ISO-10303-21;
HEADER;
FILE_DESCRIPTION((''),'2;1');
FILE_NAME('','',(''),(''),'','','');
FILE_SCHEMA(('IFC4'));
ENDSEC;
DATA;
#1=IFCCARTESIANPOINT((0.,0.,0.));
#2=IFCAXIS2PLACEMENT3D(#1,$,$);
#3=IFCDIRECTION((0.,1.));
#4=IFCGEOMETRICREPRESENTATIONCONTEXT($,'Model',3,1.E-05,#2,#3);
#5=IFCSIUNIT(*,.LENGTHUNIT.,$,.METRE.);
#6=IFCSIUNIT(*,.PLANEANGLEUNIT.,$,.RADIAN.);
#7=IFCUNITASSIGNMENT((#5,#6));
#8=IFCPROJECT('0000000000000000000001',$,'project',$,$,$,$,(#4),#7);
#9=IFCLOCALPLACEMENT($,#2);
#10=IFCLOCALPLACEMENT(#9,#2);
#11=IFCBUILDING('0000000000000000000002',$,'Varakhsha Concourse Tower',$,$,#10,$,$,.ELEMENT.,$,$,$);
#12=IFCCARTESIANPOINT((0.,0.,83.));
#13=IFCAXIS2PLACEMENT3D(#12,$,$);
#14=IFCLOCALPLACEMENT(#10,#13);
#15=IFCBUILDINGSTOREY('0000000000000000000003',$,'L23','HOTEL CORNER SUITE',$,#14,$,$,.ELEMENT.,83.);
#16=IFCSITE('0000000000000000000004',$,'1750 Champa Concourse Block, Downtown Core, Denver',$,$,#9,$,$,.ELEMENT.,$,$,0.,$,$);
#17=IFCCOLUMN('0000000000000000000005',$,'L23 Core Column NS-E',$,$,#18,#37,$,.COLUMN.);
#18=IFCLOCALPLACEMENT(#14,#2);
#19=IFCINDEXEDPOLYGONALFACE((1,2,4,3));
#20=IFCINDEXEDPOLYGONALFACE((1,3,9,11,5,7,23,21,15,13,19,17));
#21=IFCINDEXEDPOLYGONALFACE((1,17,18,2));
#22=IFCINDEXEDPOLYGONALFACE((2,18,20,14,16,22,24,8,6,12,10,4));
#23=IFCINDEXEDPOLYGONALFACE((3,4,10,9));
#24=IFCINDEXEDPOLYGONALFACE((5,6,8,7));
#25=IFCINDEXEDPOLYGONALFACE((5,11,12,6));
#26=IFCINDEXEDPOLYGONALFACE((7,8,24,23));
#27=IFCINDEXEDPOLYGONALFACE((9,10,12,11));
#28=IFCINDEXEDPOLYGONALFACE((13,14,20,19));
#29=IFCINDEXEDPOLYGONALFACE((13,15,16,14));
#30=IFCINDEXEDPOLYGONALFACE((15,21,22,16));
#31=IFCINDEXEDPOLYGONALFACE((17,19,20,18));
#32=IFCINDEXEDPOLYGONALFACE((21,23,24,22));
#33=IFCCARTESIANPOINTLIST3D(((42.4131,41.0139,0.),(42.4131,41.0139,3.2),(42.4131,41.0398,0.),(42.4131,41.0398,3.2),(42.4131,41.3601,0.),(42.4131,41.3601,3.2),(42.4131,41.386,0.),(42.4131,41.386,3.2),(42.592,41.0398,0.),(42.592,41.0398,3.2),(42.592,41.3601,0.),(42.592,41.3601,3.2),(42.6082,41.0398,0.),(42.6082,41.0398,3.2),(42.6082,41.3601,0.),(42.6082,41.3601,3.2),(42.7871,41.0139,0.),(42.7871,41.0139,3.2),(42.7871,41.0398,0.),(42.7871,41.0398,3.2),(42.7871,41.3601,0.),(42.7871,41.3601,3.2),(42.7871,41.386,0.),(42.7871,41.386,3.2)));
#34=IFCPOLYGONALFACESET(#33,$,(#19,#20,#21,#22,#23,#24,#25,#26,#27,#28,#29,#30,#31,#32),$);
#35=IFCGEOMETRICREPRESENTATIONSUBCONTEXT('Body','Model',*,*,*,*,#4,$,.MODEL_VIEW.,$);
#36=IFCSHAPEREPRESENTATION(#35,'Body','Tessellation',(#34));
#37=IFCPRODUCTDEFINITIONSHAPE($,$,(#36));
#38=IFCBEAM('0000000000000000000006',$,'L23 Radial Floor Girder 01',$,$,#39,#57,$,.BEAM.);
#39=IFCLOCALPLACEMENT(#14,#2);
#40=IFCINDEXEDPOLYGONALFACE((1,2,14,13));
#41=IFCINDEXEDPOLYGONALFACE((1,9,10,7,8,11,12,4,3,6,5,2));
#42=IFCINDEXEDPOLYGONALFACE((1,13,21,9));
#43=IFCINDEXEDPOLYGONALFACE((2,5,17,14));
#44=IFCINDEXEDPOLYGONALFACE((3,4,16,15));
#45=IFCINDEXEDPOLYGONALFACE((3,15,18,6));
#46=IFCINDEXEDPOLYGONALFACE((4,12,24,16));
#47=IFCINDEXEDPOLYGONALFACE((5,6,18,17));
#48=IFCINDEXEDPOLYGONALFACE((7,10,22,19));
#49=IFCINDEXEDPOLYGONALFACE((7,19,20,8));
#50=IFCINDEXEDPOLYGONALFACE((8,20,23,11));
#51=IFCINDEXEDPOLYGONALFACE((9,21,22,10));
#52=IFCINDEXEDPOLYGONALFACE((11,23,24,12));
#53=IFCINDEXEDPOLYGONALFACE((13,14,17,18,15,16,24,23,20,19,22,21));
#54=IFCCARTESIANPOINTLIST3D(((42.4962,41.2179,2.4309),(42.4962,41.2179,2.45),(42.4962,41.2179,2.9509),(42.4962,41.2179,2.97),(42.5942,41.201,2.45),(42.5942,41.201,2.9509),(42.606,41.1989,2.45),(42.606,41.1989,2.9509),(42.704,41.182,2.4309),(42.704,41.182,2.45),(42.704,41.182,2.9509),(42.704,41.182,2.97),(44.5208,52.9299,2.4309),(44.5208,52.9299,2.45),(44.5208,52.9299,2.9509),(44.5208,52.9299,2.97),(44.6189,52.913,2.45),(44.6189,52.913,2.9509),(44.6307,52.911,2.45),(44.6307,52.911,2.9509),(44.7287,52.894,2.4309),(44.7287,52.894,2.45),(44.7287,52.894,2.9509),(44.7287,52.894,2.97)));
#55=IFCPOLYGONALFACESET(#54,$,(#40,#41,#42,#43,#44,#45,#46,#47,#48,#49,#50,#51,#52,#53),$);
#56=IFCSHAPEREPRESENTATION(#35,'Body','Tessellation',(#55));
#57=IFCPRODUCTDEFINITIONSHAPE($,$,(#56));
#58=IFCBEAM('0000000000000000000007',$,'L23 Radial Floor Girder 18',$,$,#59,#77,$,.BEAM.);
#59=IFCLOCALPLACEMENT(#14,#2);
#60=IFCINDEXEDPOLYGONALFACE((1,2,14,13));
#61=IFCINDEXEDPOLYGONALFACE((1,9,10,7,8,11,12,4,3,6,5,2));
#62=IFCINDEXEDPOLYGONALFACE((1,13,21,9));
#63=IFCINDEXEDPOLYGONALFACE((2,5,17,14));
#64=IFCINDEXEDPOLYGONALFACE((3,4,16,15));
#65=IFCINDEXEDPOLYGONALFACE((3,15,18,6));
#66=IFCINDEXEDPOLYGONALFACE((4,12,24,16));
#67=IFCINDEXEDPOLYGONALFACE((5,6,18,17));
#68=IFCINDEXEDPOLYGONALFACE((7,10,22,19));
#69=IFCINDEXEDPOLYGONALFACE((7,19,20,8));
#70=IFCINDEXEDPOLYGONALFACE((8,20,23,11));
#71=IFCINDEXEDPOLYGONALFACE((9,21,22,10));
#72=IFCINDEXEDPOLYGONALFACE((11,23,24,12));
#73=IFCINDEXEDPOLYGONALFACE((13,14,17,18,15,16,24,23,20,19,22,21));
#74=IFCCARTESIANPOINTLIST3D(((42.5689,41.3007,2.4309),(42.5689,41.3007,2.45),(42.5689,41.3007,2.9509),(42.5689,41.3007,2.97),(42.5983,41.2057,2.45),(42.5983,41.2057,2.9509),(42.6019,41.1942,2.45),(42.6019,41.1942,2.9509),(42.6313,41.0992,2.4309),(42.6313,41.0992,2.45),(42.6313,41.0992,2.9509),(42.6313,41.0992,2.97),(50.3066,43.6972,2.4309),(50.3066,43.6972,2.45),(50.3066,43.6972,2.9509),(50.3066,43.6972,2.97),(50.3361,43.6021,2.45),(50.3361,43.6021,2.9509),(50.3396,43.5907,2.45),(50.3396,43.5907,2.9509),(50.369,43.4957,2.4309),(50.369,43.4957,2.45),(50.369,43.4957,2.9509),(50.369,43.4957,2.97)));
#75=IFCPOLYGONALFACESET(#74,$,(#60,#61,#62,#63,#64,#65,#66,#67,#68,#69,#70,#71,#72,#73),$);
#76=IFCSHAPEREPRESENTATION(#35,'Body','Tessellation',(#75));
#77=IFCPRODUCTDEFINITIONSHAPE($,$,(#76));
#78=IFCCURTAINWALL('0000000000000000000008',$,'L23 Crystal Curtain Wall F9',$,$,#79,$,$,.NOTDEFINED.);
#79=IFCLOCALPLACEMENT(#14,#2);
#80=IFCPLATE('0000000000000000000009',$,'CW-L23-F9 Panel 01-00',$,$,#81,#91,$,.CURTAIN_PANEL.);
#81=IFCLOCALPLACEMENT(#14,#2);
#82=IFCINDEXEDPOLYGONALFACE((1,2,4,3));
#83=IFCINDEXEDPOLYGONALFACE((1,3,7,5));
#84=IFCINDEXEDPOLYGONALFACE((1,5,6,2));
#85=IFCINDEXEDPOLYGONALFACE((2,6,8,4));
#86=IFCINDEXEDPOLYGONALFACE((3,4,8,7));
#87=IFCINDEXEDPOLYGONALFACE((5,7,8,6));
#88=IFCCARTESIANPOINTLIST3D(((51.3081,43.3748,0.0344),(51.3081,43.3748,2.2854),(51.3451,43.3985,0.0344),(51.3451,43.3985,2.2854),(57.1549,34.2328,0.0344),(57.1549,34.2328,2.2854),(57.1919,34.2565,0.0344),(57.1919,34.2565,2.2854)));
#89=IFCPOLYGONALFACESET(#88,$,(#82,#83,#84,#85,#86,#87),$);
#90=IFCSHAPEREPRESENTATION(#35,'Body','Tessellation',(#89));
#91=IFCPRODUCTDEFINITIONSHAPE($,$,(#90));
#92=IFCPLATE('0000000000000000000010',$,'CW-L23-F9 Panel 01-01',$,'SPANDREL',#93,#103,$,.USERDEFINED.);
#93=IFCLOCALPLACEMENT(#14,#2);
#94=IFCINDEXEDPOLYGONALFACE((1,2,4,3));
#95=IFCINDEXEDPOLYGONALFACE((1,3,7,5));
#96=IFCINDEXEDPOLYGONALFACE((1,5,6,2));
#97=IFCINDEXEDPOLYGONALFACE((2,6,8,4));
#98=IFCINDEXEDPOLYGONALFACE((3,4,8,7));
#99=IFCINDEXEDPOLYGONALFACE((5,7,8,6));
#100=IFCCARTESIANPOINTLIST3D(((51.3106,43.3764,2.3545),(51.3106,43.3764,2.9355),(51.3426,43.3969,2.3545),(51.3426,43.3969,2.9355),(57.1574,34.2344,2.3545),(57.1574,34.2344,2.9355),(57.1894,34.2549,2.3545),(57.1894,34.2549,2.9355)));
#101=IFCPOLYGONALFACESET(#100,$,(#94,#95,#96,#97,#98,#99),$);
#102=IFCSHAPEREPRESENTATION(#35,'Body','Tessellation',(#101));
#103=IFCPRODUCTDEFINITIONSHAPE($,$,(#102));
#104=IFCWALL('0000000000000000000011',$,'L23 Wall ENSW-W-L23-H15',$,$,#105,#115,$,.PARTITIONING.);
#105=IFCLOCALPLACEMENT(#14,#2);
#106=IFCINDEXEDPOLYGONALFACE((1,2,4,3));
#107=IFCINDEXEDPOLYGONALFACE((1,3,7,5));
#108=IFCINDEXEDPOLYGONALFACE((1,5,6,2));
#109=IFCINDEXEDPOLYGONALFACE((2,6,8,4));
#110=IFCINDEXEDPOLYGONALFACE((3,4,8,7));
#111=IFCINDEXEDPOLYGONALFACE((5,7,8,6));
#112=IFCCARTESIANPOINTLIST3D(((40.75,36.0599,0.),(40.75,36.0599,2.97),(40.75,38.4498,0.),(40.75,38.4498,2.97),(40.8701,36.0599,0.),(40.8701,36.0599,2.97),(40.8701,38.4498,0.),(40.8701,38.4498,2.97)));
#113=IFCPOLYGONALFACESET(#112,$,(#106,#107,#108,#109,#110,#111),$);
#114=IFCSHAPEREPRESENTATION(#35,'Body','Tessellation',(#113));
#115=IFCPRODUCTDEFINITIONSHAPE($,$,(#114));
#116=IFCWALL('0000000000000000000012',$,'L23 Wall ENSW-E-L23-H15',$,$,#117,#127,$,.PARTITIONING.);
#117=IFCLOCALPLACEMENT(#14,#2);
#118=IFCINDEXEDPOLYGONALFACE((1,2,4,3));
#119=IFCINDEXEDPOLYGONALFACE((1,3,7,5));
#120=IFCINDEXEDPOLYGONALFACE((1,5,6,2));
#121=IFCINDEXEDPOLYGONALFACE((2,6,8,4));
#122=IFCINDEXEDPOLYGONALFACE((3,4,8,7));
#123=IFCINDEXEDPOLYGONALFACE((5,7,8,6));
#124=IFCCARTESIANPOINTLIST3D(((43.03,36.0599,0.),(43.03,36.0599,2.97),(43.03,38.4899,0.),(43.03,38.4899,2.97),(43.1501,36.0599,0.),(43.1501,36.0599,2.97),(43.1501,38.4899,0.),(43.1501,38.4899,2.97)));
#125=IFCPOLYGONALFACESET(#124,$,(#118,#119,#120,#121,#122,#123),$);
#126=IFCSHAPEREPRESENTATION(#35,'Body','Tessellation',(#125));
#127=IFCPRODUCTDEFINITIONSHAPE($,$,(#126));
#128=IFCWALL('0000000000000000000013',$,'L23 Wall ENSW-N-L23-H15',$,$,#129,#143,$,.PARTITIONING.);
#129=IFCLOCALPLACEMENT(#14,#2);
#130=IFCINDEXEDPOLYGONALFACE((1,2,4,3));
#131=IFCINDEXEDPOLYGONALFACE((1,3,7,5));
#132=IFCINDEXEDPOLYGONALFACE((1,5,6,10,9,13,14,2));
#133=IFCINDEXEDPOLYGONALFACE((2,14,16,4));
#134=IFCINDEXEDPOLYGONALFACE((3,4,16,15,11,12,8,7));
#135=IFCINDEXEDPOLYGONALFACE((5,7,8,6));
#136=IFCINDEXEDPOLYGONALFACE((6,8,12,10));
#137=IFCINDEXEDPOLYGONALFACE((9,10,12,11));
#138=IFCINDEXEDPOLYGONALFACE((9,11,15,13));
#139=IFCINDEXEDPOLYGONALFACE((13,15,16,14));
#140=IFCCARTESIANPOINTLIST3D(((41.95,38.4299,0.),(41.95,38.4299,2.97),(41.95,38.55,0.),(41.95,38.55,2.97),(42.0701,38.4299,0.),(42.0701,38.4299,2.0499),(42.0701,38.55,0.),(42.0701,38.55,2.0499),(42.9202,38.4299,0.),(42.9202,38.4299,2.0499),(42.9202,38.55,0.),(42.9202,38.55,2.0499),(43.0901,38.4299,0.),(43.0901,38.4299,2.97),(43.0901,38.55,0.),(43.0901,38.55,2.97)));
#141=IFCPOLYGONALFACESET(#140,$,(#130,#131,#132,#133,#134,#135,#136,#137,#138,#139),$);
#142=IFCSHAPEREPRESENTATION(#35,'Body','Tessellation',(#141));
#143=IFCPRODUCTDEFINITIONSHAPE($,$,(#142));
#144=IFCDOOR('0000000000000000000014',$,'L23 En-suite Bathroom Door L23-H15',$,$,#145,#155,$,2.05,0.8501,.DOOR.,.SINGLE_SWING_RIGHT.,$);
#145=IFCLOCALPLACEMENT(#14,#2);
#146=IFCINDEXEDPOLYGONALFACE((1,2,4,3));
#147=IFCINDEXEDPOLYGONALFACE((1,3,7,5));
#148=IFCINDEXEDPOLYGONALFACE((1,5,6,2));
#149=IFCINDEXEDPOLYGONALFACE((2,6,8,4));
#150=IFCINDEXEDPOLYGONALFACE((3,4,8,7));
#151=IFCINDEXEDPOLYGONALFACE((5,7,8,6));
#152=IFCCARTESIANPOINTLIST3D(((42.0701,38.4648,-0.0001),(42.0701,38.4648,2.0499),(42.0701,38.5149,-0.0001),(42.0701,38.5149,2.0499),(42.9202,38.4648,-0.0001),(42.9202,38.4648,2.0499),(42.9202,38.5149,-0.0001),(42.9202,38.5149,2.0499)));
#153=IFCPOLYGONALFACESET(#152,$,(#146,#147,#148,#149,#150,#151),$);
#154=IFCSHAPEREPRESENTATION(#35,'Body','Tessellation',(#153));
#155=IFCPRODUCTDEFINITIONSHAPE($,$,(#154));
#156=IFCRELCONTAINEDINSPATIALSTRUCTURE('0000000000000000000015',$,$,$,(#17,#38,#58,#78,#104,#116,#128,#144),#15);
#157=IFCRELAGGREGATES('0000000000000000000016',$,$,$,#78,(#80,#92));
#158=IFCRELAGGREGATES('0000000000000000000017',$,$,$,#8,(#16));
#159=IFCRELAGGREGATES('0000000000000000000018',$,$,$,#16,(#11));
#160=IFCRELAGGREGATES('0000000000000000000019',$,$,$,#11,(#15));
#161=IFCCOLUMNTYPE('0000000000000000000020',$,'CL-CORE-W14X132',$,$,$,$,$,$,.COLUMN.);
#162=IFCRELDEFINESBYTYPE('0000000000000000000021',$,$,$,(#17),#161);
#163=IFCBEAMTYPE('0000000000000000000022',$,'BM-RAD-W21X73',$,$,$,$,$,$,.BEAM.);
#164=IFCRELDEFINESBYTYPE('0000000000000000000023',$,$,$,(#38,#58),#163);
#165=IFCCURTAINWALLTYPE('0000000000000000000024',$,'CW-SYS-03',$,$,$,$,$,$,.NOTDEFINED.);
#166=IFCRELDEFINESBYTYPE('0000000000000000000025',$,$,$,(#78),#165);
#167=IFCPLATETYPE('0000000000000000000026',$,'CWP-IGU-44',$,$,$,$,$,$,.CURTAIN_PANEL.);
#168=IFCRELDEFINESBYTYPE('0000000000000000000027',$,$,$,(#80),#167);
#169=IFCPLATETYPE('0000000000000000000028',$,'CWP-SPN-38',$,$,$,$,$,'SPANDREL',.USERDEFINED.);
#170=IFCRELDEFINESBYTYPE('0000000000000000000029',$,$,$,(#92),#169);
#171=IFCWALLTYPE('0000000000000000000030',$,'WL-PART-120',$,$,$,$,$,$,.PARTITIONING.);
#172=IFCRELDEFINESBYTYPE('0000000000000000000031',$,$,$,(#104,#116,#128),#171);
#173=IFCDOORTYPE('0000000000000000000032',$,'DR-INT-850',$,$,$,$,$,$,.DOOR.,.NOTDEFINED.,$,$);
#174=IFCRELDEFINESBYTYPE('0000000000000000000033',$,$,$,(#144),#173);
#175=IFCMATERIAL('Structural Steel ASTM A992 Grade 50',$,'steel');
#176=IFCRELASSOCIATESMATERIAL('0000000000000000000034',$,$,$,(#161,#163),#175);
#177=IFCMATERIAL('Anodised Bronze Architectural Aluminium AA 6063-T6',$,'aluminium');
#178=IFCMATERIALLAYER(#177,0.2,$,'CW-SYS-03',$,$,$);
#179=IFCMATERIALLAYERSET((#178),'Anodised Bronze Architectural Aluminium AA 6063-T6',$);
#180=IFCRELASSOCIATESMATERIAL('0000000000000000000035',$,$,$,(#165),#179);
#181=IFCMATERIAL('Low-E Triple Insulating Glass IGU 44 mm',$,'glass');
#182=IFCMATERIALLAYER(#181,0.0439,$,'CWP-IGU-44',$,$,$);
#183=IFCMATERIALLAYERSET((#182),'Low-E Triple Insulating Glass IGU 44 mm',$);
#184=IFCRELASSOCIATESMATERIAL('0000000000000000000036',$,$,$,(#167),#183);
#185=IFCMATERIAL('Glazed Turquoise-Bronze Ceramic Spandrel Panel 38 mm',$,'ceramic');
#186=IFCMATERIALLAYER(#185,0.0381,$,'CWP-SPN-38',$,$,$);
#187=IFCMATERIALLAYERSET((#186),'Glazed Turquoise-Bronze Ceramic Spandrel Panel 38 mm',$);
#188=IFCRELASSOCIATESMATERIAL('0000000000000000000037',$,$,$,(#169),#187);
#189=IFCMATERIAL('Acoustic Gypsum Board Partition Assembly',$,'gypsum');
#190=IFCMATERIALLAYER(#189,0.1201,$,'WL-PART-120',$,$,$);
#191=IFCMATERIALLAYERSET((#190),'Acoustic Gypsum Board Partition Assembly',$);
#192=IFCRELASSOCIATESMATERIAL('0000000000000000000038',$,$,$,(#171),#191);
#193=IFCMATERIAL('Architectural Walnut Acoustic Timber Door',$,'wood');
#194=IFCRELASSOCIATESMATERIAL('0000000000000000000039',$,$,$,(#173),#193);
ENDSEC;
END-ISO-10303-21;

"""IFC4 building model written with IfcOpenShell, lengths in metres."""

from ifc_helpers import new_model, si_unit, direction, frame, frame_2d, origin, origin_2d, place, context, subcontext, project, spatial, rectangle, i_section, extrude, source, transform, mapped, material, layer, layer_set, material_profile, profile_set, type_object, type_shapes, element, fill, aggregate, save


model = new_model("IFC4")

# Units and contexts
model_context = context("Model", 3, precision=1e-05, world=origin(), true_north=direction((0.0, 1.0)))
body_context = subcontext(model_context, "Body", "Model", "MODEL_VIEW")
ifc_project = project(units=[si_unit("LENGTHUNIT", "METRE"), si_unit("PLANEANGLEUNIT", "RADIAN")], contexts=[model_context])

# Site, building, storey
site_placement = place(None, origin())
site = spatial("IfcSite", under=ifc_project, at=site_placement, Name="1750 Champa Concourse Block, Downtown Core, Denver", CompositionType="ELEMENT", RefElevation=0.0)
building_placement = place(site_placement, origin())
building = spatial("IfcBuilding", under=site, at=building_placement, Name="Varakhsha Concourse Tower", CompositionType="ELEMENT")
storey_placement = place(building_placement, frame((0.0, 0.0, 83.0)))
storey = spatial("IfcBuildingStorey", under=building, at=storey_placement, Name="L23", Description="HOTEL CORNER SUITE", CompositionType="ELEMENT", Elevation=83.0)

# Column
ifc_material_1 = material(Name="Structural Steel ASTM A992 Grade 50", Category="steel")
ifc_material_profile_1 = material_profile(ifc_material_1, i_section(OverallWidth=0.374, OverallDepth=0.3721, WebThickness=0.0161, FlangeThickness=0.0259, at=origin_2d()), Name="W14X132")
ifc_profile_set_1 = profile_set([ifc_material_profile_1], Name="Structural Steel ASTM A992 Grade 50")
column_type = type_object("IfcColumnType", Name="CL-CORE-W14X132", PredefinedType="COLUMN", material=ifc_profile_set_1)
column_placement = place(storey_placement, frame((42.6001, 41.2, 0.0), z_axis=(0.0, 0.0, 1.0), x_axis=(1.0, 0.0, 0.0)))
element("IfcColumn", 1, at=column_placement, inside=storey, type_object=column_type, Name="L23 Core Column NS-E", PredefinedType="COLUMN", context=body_context, shape_type="SweptSolid", body=[
    extrude(i_section(OverallWidth=0.374, OverallDepth=0.3721, WebThickness=0.0161, FlangeThickness=0.0259, at=origin_2d()), origin(), (0.0, 0.0, 1.0), 3.2),
])

# Beams
ifc_material_profile_2 = material_profile(ifc_material_1, i_section(OverallWidth=0.2109, OverallDepth=0.5391, WebThickness=0.012, FlangeThickness=0.019, at=origin_2d()), Name="W21X73")
ifc_profile_set_2 = profile_set([ifc_material_profile_2], Name="Structural Steel ASTM A992 Grade 50")
beam_type = type_object("IfcBeamType", Name="BM-RAD-W21X73", PredefinedType="BEAM", material=ifc_profile_set_2)
beam_1_placement = place(storey_placement, frame((42.6001, 41.2, 2.7004), z_axis=(0.170345, 0.985384, 0.0), x_axis=(-0.985384, 0.170345, 0.0)))
element("IfcBeam", 2, at=beam_1_placement, inside=storey, type_object=beam_type, Name="L23 Radial Floor Girder 01", PredefinedType="BEAM", context=body_context, shape_type="SweptSolid", body=[
    extrude(i_section(OverallWidth=0.2109, OverallDepth=0.5391, WebThickness=0.012, FlangeThickness=0.019, at=origin_2d()), origin(), (0.0, 0.0, 1.0), 11.8857),
])
beam_2_placement = place(storey_placement, frame((42.6001, 41.2, 2.7004), z_axis=(0.955235, 0.295847, 0.0), x_axis=(-0.295847, 0.955235, 0.0)))
element("IfcBeam", 3, at=beam_2_placement, inside=storey, type_object=beam_type, Name="L23 Radial Floor Girder 18", PredefinedType="BEAM", context=body_context, shape_type="SweptSolid", body=[
    extrude(i_section(OverallWidth=0.2109, OverallDepth=0.5391, WebThickness=0.012, FlangeThickness=0.019, at=origin_2d()), origin(), (0.0, 0.0, 1.0), 8.1003),
])

# Curtain wall, plates
ifc_material_2 = material(Name="Anodised Bronze Architectural Aluminium AA 6063-T6", Category="aluminium")
ifc_layer_1 = layer(ifc_material_2, 0.2, Name="CW-SYS-03")
ifc_layer_set_1 = layer_set([ifc_layer_1], Name="Anodised Bronze Architectural Aluminium AA 6063-T6")
curtain_wall_type = type_object("IfcCurtainWallType", Name="CW-SYS-03", PredefinedType="NOTDEFINED", material=ifc_layer_set_1)
curtain_wall_placement = place(storey_placement, origin())
curtain_wall = element("IfcCurtainWall", 4, at=curtain_wall_placement, inside=storey, type_object=curtain_wall_type, Name="L23 Crystal Curtain Wall F9", PredefinedType="NOTDEFINED")
ifc_material_3 = material(Name="Low-E Triple Insulating Glass IGU 44 mm", Category="glass")
ifc_layer_2 = layer(ifc_material_3, 0.0439, Name="CWP-IGU-44")
ifc_layer_set_2 = layer_set([ifc_layer_2], Name="Low-E Triple Insulating Glass IGU 44 mm")
plate_type_1 = type_object("IfcPlateType", Name="CWP-IGU-44", PredefinedType="CURTAIN_PANEL", material=ifc_layer_set_2)
shared_shape_1 = source(origin(), body_context, "Body", "SweptSolid", [
    extrude(rectangle(XDim=10.8518, YDim=0.0439, at=origin_2d()), origin(), (0.0, 0.0, 1.0), 2.251),
])
type_shapes(plate_type_1, [shared_shape_1])
plate_1_placement = place(storey_placement, frame((54.25, 38.8157, 0.0344), z_axis=(0.0, 0.0, 1.0), x_axis=(0.538787, -0.842442, 0.0)))
plate_1 = element("IfcPlate", 5, at=plate_1_placement, type_object=plate_type_1, Name="CW-L23-F9 Panel 01-00", PredefinedType="CURTAIN_PANEL", context=body_context, shape_type="MappedRepresentation", body=[
    mapped(shared_shape_1, transform((0.0, 0.0, 0.0), scale=1.0)),
])
ifc_material_4 = material(Name="Glazed Turquoise-Bronze Ceramic Spandrel Panel 38 mm", Category="ceramic")
ifc_layer_3 = layer(ifc_material_4, 0.0381, Name="CWP-SPN-38")
ifc_layer_set_3 = layer_set([ifc_layer_3], Name="Glazed Turquoise-Bronze Ceramic Spandrel Panel 38 mm")
plate_type_2 = type_object("IfcPlateType", Name="CWP-SPN-38", ElementType="SPANDREL", PredefinedType="USERDEFINED", material=ifc_layer_set_3)
shared_shape_2 = source(origin(), body_context, "Body", "SweptSolid", [
    extrude(rectangle(XDim=10.8518, YDim=0.0381, at=origin_2d()), origin(), (0.0, 0.0, 1.0), 0.5811),
])
type_shapes(plate_type_2, [shared_shape_2])
plate_2_placement = place(storey_placement, frame((54.25, 38.8157, 2.3545), z_axis=(0.0, 0.0, 1.0), x_axis=(0.538787, -0.842442, 0.0)))
plate_2 = element("IfcPlate", 6, at=plate_2_placement, type_object=plate_type_2, Name="CW-L23-F9 Panel 01-01", ObjectType="SPANDREL", PredefinedType="USERDEFINED", context=body_context, shape_type="MappedRepresentation", body=[
    mapped(shared_shape_2, transform((0.0, 0.0, 0.0), scale=1.0)),
])
aggregate(curtain_wall, [plate_1, plate_2])

# Walls
ifc_material_5 = material(Name="Acoustic Gypsum Board Partition Assembly", Category="gypsum")
ifc_layer_4 = layer(ifc_material_5, 0.1201, Name="WL-PART-120")
ifc_layer_set_4 = layer_set([ifc_layer_4], Name="Acoustic Gypsum Board Partition Assembly")
wall_type_1 = type_object("IfcWallType", Name="WL-PART-120", PredefinedType="PARTITIONING", material=ifc_layer_set_4)
wall_1_placement = place(storey_placement, frame((40.8101, 36.0601, 0.0), z_axis=(0.0, 0.0, 1.0), x_axis=(0.0, 1.0, 0.0)))
element("IfcWall", 7, at=wall_1_placement, inside=storey, type_object=wall_type_1, Name="L23 Wall ENSW-W-L23-H15", PredefinedType="PARTITIONING", context=body_context, shape_type="SweptSolid", body=[
    extrude(rectangle(XDim=2.3899, YDim=0.1201, at=frame_2d((1.1948, 0.0))), origin(), (0.0, 0.0, 1.0), 2.97),
])
wall_2_placement = place(storey_placement, frame((43.0901, 36.0601, 0.0), z_axis=(0.0, 0.0, 1.0), x_axis=(0.0, 1.0, 0.0)))
element("IfcWall", 8, at=wall_2_placement, inside=storey, type_object=wall_type_1, Name="L23 Wall ENSW-E-L23-H15", PredefinedType="PARTITIONING", context=body_context, shape_type="SweptSolid", body=[
    extrude(rectangle(XDim=2.4299, YDim=0.1201, at=frame_2d((1.2148, 0.0))), origin(), (0.0, 0.0, 1.0), 2.97),
])

# Wall, opening, door
wall_3_placement = place(storey_placement, frame((41.95, 38.49, 0.0), z_axis=(0.0, 0.0, 1.0), x_axis=(1.0, 0.0, 0.0)))
wall_3 = element("IfcWall", 9, at=wall_3_placement, inside=storey, type_object=wall_type_1, Name="L23 Wall ENSW-N-L23-H15", PredefinedType="PARTITIONING", context=body_context, shape_type="SweptSolid", body=[
    extrude(rectangle(XDim=1.1401, YDim=0.1201, at=frame_2d((0.5701, 0.0))), origin(), (0.0, 0.0, 1.0), 2.97),
])
opening_1_placement = place(wall_3_placement, frame((0.1201, 0.0, 0.0)))
opening_1 = element("IfcOpeningElement", 10, at=opening_1_placement, cuts=wall_3, PredefinedType="OPENING", context=body_context, shape_type="SweptSolid", body=[
    extrude(rectangle(XDim=0.8501, YDim=2.05, at=frame_2d((0.425, 1.0249))), frame((0.0, 0.0701, 0.0), z_axis=(0.0, -1.0, 0.0), x_axis=(1.0, 0.0, 0.0)), (0.0, 0.0, 1.0), 0.1401),
])
ifc_material_6 = material(Name="Architectural Walnut Acoustic Timber Door", Category="wood")
door_type_1 = type_object("IfcDoorType", Name="DR-INT-850", OperationType="NOTDEFINED", PredefinedType="DOOR", material=ifc_material_6)
door_1_placement = place(opening_1_placement, origin())
door_1 = element("IfcDoor", 11, at=door_1_placement, inside=storey, type_object=door_type_1, Name="L23 En-suite Bathroom Door L23-H15", OperationType="SINGLE_SWING_RIGHT", OverallHeight=2.05, OverallWidth=0.8501, PredefinedType="DOOR", context=body_context, shape_type="SweptSolid", body=[
    extrude(rectangle(XDim=0.8501, YDim=2.05, at=frame_2d((0.425, 1.0249))), frame((0.0, 0.0249, 0.0), z_axis=(0.0, -1.0, 0.0), x_axis=(1.0, 0.0, 0.0)), (0.0, 0.0, 1.0), 0.05),
])
fill(opening_1, door_1)

save(model, "model.ifc")
